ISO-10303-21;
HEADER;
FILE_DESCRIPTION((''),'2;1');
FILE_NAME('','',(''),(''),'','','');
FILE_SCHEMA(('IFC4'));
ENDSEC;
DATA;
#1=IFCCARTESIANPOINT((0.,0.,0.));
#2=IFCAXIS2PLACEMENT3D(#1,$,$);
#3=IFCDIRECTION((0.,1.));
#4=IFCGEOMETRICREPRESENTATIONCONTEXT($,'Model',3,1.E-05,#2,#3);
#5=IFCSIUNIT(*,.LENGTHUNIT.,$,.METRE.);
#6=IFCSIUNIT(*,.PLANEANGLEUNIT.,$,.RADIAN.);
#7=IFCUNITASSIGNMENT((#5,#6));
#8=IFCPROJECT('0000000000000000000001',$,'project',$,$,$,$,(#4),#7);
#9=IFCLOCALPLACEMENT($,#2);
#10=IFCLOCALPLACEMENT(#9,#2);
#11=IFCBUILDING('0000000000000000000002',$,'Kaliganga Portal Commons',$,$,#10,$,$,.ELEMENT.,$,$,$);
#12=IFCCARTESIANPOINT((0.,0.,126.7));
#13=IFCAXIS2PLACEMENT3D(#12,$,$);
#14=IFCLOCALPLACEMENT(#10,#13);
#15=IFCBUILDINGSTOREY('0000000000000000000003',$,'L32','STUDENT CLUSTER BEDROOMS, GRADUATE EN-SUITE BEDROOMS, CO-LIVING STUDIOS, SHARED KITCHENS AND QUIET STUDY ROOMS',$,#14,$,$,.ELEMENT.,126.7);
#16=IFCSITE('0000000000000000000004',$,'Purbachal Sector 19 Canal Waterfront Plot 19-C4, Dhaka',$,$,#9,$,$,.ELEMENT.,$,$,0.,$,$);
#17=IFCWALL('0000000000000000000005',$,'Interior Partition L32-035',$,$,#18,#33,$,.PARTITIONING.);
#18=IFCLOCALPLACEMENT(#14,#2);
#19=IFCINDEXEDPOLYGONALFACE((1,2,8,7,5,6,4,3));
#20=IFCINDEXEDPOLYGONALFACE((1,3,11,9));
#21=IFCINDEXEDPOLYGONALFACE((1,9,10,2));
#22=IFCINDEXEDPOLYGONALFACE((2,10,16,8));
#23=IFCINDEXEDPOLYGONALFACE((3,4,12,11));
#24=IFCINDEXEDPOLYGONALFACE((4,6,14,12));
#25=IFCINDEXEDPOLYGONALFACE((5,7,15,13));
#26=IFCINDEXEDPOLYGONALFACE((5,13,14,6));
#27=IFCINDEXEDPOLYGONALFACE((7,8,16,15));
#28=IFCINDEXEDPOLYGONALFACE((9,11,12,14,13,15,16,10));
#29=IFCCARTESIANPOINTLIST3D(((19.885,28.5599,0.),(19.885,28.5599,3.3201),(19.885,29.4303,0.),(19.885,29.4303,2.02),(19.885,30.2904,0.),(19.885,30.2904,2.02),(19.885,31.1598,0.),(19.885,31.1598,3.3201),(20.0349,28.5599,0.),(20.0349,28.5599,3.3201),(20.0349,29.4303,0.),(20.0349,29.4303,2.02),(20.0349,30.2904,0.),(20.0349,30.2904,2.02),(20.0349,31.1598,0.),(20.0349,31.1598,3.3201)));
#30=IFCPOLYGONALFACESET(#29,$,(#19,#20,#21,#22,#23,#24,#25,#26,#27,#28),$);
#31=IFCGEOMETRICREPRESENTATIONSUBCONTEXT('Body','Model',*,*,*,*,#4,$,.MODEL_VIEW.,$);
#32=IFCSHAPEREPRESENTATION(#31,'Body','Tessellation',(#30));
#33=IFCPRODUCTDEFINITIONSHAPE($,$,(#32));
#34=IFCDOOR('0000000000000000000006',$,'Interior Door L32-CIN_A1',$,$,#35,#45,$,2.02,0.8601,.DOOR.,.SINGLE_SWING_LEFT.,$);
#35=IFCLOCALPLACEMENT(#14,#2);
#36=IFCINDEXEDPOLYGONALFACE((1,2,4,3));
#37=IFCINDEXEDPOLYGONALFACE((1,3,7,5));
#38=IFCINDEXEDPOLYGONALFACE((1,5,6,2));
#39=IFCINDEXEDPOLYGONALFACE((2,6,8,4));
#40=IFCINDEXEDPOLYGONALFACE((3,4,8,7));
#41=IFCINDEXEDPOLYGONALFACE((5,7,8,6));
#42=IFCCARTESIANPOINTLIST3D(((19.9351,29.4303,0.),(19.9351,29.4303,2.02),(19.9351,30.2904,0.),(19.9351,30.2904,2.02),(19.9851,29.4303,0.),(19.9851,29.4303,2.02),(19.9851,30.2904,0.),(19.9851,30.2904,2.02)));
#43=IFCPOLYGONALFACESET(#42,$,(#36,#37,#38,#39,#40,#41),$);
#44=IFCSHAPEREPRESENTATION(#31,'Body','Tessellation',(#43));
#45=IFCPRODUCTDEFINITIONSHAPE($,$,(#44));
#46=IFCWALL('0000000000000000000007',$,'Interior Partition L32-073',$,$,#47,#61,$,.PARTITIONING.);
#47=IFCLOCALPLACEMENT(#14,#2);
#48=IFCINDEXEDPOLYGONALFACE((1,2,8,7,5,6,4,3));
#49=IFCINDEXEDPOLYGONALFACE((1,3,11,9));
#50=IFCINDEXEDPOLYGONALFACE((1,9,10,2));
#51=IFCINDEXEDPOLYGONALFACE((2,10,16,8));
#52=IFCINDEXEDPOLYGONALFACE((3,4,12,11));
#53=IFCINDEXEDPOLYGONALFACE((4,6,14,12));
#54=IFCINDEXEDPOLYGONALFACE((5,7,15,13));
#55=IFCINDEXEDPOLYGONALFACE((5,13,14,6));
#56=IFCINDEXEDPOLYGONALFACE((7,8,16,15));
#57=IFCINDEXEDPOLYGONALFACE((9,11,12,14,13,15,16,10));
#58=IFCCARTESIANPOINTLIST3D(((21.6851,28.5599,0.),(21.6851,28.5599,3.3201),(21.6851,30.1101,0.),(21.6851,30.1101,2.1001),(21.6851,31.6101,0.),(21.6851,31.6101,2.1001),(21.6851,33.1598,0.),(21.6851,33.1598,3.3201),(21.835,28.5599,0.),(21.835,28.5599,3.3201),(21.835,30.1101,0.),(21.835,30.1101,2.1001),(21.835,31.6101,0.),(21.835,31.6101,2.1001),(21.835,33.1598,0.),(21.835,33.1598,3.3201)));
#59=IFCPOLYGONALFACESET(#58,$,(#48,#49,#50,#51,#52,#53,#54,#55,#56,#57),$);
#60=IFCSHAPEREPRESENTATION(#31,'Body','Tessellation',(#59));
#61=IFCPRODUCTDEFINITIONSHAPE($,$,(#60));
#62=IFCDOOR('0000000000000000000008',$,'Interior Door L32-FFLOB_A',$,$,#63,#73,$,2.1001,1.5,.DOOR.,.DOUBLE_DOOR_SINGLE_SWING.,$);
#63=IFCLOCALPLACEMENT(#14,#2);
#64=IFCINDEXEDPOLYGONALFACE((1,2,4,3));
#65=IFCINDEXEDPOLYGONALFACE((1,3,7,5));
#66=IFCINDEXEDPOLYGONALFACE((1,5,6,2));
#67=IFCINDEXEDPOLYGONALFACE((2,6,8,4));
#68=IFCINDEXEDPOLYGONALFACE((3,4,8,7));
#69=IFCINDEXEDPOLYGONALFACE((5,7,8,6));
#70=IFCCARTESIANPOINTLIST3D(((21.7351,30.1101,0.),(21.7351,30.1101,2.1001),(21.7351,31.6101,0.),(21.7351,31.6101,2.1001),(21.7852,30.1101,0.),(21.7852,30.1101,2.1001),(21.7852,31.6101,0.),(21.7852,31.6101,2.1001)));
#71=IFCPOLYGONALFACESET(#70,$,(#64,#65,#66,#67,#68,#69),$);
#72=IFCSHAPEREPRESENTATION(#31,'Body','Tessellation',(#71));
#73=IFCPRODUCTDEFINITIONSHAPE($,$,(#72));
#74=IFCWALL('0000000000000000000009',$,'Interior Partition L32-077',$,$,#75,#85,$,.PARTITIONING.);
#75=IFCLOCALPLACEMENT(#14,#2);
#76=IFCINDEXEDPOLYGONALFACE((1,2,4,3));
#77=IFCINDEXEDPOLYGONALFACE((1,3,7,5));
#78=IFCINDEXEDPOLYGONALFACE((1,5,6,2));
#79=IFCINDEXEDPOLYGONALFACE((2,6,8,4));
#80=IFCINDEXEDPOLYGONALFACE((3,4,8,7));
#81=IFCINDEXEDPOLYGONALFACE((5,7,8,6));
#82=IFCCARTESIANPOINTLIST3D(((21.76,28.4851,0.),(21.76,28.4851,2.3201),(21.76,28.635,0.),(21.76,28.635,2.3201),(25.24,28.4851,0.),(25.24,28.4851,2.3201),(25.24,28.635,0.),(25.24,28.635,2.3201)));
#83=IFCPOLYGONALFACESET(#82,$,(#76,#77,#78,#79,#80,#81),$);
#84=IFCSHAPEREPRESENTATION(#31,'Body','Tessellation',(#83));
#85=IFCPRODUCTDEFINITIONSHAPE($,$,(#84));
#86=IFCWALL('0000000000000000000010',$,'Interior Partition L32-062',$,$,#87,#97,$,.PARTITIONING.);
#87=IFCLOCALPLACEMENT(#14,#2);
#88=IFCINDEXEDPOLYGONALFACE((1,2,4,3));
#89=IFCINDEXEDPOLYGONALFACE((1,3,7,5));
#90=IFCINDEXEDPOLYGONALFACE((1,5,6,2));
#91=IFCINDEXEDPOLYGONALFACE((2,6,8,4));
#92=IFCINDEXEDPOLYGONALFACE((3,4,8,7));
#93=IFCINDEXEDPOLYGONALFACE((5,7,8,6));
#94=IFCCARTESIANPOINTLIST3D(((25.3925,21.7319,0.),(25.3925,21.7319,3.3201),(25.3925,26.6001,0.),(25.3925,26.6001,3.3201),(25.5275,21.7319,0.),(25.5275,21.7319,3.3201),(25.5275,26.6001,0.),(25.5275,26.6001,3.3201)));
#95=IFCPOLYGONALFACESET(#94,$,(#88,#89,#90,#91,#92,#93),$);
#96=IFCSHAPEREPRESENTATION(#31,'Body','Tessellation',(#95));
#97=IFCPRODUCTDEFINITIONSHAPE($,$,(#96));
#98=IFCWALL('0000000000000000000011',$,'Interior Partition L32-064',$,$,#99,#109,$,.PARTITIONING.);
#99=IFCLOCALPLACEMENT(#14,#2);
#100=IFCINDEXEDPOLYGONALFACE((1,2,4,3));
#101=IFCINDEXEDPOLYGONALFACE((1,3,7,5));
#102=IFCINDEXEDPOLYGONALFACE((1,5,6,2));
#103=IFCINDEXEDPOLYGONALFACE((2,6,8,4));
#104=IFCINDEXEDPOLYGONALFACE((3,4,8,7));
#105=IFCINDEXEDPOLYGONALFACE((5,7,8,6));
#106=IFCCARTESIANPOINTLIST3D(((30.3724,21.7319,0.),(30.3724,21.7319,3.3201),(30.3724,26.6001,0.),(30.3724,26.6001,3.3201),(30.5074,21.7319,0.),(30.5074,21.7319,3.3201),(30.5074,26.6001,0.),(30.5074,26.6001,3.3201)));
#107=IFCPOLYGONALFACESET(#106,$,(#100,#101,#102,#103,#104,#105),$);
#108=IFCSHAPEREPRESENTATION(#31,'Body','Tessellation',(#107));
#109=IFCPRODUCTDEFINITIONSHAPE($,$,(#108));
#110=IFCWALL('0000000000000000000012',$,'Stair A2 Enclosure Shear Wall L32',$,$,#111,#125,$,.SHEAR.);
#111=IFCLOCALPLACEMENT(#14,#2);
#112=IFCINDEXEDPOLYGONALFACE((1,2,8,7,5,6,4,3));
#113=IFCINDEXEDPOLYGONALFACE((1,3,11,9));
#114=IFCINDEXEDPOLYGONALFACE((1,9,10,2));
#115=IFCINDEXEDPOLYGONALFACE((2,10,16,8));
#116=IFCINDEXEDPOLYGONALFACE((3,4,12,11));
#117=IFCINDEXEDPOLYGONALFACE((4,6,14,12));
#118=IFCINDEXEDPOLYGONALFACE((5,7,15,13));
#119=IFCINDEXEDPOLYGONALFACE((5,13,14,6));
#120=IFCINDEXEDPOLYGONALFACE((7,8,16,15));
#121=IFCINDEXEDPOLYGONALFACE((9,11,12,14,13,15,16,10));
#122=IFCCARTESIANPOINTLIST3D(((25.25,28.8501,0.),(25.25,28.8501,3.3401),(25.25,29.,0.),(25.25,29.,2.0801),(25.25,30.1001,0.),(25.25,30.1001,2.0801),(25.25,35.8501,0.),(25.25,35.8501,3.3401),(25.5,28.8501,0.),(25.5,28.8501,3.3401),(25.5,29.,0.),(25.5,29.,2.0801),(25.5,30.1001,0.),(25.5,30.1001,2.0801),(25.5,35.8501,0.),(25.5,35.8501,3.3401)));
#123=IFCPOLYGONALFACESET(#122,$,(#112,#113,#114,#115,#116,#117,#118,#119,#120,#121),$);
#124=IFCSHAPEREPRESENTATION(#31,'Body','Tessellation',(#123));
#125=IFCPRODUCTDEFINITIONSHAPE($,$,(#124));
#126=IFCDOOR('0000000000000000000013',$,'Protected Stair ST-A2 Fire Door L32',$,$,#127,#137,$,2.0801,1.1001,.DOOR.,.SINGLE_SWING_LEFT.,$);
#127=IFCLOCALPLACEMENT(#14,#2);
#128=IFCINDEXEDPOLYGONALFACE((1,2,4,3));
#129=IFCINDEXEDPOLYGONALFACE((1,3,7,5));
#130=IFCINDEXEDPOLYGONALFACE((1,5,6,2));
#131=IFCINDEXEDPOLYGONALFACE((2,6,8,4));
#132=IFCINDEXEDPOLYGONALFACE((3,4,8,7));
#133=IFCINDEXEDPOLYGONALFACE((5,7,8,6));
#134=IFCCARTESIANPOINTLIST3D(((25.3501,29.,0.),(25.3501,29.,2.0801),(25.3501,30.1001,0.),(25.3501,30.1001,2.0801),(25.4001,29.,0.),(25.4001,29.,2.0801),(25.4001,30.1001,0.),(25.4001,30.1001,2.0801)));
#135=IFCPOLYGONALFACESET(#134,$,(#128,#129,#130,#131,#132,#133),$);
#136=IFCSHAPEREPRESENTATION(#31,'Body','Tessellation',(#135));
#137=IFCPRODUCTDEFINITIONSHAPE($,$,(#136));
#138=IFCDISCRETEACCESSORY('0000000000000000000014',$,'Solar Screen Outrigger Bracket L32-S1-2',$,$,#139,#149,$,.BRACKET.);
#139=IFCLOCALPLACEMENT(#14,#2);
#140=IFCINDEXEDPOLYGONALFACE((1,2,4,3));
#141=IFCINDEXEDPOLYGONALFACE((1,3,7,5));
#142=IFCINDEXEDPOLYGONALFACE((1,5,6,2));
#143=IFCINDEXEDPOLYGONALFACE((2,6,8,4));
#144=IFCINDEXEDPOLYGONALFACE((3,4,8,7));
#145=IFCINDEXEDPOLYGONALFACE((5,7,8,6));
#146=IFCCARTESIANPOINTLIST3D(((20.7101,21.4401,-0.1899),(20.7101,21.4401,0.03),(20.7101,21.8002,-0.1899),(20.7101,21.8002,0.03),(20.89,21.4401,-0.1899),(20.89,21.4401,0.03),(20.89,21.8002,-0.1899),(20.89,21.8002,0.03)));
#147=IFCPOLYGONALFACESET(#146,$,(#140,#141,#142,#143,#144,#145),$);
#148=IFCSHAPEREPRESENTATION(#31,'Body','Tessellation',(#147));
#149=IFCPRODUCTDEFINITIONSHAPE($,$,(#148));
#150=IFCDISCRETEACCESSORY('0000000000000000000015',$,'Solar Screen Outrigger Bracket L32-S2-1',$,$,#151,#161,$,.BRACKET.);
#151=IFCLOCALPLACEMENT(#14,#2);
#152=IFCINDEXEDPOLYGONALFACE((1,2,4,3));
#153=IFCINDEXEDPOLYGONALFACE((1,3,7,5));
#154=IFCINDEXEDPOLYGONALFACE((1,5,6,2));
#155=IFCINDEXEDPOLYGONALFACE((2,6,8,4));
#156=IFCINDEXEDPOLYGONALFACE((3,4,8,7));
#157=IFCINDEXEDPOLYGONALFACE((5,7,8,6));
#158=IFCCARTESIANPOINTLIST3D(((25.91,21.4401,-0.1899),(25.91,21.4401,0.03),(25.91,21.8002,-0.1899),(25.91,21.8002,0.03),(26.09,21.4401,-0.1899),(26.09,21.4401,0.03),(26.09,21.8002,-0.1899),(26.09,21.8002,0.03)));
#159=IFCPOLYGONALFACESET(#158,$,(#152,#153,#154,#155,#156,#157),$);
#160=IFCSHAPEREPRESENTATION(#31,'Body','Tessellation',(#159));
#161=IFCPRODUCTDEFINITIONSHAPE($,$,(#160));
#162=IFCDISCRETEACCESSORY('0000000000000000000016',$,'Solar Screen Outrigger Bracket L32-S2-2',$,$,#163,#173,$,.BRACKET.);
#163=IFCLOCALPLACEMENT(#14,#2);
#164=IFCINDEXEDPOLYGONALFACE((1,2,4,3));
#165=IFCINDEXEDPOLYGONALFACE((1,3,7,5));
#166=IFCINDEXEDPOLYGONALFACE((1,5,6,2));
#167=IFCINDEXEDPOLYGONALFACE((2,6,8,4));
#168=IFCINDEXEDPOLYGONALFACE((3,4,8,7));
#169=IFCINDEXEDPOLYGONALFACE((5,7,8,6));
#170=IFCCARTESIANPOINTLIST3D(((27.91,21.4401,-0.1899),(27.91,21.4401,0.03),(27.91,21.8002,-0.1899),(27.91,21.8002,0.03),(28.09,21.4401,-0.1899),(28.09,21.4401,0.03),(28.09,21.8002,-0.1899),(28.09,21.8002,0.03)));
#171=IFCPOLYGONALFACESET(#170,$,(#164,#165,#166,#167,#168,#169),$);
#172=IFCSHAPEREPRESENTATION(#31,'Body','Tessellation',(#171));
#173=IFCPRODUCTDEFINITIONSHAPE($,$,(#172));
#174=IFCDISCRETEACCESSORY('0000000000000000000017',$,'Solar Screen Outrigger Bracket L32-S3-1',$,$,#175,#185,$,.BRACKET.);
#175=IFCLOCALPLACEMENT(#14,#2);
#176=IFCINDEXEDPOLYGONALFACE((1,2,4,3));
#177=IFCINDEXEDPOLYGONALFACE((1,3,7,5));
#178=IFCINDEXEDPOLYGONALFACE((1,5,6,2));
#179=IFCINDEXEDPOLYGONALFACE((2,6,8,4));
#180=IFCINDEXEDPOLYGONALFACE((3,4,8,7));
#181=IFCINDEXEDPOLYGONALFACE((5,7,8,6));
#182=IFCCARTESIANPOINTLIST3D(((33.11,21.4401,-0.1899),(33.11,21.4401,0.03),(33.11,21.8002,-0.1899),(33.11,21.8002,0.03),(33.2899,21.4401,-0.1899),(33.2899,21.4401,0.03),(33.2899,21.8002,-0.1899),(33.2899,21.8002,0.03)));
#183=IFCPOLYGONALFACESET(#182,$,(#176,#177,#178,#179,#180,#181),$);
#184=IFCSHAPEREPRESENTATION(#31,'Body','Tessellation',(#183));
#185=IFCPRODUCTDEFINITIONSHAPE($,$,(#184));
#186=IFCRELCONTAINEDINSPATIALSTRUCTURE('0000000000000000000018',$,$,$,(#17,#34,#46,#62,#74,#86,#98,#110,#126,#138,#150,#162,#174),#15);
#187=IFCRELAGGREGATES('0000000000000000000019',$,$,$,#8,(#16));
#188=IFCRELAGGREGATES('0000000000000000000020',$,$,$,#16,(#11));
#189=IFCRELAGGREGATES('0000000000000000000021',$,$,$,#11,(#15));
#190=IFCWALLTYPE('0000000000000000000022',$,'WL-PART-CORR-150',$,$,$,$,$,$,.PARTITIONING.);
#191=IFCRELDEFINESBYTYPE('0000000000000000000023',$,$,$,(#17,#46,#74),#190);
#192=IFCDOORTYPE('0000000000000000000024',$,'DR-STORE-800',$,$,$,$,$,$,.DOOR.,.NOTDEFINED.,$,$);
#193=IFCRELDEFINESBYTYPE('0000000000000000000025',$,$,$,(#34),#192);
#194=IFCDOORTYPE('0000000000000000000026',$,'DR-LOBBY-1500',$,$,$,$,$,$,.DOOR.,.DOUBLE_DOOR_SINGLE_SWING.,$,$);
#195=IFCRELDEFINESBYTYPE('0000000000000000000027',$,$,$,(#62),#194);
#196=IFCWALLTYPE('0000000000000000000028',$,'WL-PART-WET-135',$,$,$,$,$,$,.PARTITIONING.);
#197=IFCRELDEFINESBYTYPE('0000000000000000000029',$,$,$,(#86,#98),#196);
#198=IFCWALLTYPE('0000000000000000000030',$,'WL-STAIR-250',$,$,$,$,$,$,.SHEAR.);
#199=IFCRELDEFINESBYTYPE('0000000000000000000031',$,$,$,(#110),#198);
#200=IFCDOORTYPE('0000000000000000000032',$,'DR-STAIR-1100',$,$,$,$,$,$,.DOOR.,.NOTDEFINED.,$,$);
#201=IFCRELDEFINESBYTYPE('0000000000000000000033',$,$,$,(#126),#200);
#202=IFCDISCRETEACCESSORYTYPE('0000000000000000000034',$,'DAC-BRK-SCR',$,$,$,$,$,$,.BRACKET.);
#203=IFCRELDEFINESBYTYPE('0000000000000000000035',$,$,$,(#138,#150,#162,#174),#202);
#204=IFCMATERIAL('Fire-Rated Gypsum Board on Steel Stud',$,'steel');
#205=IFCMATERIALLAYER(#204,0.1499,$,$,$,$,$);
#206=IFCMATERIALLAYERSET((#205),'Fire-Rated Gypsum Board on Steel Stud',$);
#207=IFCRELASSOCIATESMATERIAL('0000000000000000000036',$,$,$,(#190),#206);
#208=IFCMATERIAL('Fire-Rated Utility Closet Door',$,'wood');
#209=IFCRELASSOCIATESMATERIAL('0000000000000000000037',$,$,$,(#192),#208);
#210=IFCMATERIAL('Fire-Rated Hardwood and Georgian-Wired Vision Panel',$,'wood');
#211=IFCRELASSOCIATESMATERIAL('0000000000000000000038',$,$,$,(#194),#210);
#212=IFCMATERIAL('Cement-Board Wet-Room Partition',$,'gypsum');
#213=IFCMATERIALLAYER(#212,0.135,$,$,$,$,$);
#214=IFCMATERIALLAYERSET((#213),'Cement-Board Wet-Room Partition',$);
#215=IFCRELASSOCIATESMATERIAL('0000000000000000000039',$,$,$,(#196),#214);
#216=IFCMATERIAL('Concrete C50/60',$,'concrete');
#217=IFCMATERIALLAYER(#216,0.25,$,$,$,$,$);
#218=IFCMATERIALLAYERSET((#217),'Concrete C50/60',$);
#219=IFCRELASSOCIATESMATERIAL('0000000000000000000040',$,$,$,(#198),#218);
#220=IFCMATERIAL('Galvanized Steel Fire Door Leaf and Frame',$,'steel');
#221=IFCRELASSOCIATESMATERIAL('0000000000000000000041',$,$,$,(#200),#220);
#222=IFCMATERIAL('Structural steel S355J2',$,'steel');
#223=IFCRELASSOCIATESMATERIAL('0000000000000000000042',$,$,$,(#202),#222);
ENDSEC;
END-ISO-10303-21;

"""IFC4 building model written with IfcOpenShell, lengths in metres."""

from ifc_helpers import new_model, si_unit, direction, frame, frame_2d, origin, origin_2d, place, context, subcontext, project, spatial, rectangle, extrude, source, transform, mapped, material, layer, layer_set, type_object, element, fill, save


model = new_model("IFC4")

# Units and contexts
model_context = context("Model", 3, precision=1e-05, world=origin(), true_north=direction((0.0, 1.0)))
body_context = subcontext(model_context, "Body", "Model", "MODEL_VIEW")
ifc_project = project(units=[si_unit("LENGTHUNIT", "METRE"), si_unit("PLANEANGLEUNIT", "RADIAN")], contexts=[model_context])

# Site, building, storey
site_placement = place(None, origin())
site = spatial("IfcSite", under=ifc_project, at=site_placement, Name="Purbachal Sector 19 Canal Waterfront Plot 19-C4, Dhaka", CompositionType="ELEMENT", RefElevation=0.0)
building_placement = place(site_placement, origin())
building = spatial("IfcBuilding", under=site, at=building_placement, Name="Kaliganga Portal Commons", CompositionType="ELEMENT")
storey_placement = place(building_placement, frame((0.0, 0.0, 126.7)))
storey = spatial("IfcBuildingStorey", under=building, at=storey_placement, Name="L32", Description="STUDENT CLUSTER BEDROOMS, GRADUATE EN-SUITE BEDROOMS, CO-LIVING STUDIOS, SHARED KITCHENS AND QUIET STUDY ROOMS", CompositionType="ELEMENT", Elevation=126.7)

# Shared definitions
ifc_material_1 = material(Name="Structural steel S355J2", Category="steel")

# Shared definitions
ifc_material_2 = material(Name="Fire-Rated Gypsum Board on Steel Stud", Category="steel")
ifc_layer_1 = layer(ifc_material_2, 0.1499)
ifc_layer_set_1 = layer_set([ifc_layer_1], Name="Fire-Rated Gypsum Board on Steel Stud")
wall_type_1 = type_object("IfcWallType", Name="WL-PART-CORR-150", PredefinedType="PARTITIONING", material=ifc_layer_set_1)
ifc_material_3 = material(Name="Fire-Rated Utility Closet Door", Category="wood")
door_type_1 = type_object("IfcDoorType", Name="DR-STORE-800", OperationType="NOTDEFINED", PredefinedType="DOOR", material=ifc_material_3)

# Walls, openings, doors
wall_1_placement = place(storey_placement, frame((19.96, 28.5601, 0.0), z_axis=(0.0, 0.0, 1.0), x_axis=(0.0, 1.0, 0.0)))
wall_1 = element("IfcWall", 1, at=wall_1_placement, inside=storey, type_object=wall_type_1, Name="Interior Partition L32-035", PredefinedType="PARTITIONING", context=body_context, shape_type="SweptSolid", body=[
    extrude(rectangle(XDim=2.5999, YDim=0.1499, at=frame_2d((1.2998, 0.0))), origin(), (0.0, 0.0, 1.0), 3.3201),
])
opening_1_placement = place(wall_1_placement, frame((0.8701, 0.0, 0.0)))
opening_1 = element("IfcOpeningElement", 2, at=opening_1_placement, cuts=wall_1, PredefinedType="OPENING", context=body_context, shape_type="SweptSolid", body=[
    extrude(rectangle(XDim=0.8601, YDim=2.02, at=frame_2d((0.4302, 1.01))), frame((0.0, 0.085, 0.0), z_axis=(0.0, -1.0, 0.0), x_axis=(1.0, 0.0, 0.0)), (0.0, 0.0, 1.0), 0.1699),
])
door_1_placement = place(opening_1_placement, origin())
door_1 = element("IfcDoor", 3, at=door_1_placement, inside=storey, type_object=door_type_1, Name="Interior Door L32-CIN_A1", OperationType="SINGLE_SWING_LEFT", OverallHeight=2.02, OverallWidth=0.8601, PredefinedType="DOOR", context=body_context, shape_type="SweptSolid", body=[
    extrude(rectangle(XDim=0.8601, YDim=2.02, at=frame_2d((0.4302, 1.01))), frame((0.0, 0.0249, 0.0), z_axis=(0.0, -1.0, 0.0), x_axis=(1.0, 0.0, 0.0)), (0.0, 0.0, 1.0), 0.05),
])
fill(opening_1, door_1)
wall_2_placement = place(storey_placement, frame((21.76, 28.5601, 0.0), z_axis=(0.0, 0.0, 1.0), x_axis=(0.0, 1.0, 0.0)))
wall_2 = element("IfcWall", 4, at=wall_2_placement, inside=storey, type_object=wall_type_1, Name="Interior Partition L32-073", PredefinedType="PARTITIONING", context=body_context, shape_type="SweptSolid", body=[
    extrude(rectangle(XDim=4.5999, YDim=0.1499, at=frame_2d((2.2998, 0.0))), origin(), (0.0, 0.0, 1.0), 3.3201),
])
opening_2_placement = place(wall_2_placement, frame((1.55, 0.0, 0.0)))
opening_2 = element("IfcOpeningElement", 5, at=opening_2_placement, cuts=wall_2, PredefinedType="OPENING", context=body_context, shape_type="SweptSolid", body=[
    extrude(rectangle(XDim=1.5, YDim=2.1001, at=frame_2d((0.75, 1.05))), frame((0.0, 0.085, 0.0), z_axis=(0.0, -1.0, 0.0), x_axis=(1.0, 0.0, 0.0)), (0.0, 0.0, 1.0), 0.1699),
])
ifc_material_4 = material(Name="Fire-Rated Hardwood and Georgian-Wired Vision Panel", Category="wood")
door_type_2 = type_object("IfcDoorType", Name="DR-LOBBY-1500", OperationType="DOUBLE_DOOR_SINGLE_SWING", PredefinedType="DOOR", material=ifc_material_4)
door_2_placement = place(opening_2_placement, origin())
door_2 = element("IfcDoor", 6, at=door_2_placement, inside=storey, type_object=door_type_2, Name="Interior Door L32-FFLOB_A", OperationType="DOUBLE_DOOR_SINGLE_SWING", OverallHeight=2.1001, OverallWidth=1.5, PredefinedType="DOOR", context=body_context, shape_type="SweptSolid", body=[
    extrude(rectangle(XDim=1.5, YDim=2.1001, at=frame_2d((0.75, 1.05))), frame((0.0, 0.0249, 0.0), z_axis=(0.0, -1.0, 0.0), x_axis=(1.0, 0.0, 0.0)), (0.0, 0.0, 1.0), 0.05),
])
fill(opening_2, door_2)

# Walls
wall_3_placement = place(storey_placement, frame((21.76, 28.5601, 0.0), z_axis=(0.0, 0.0, 1.0), x_axis=(1.0, 0.0, 0.0)))
element("IfcWall", 7, at=wall_3_placement, inside=storey, type_object=wall_type_1, Name="Interior Partition L32-077", PredefinedType="PARTITIONING", context=body_context, shape_type="SweptSolid", body=[
    extrude(rectangle(XDim=3.48, YDim=0.1499, at=frame_2d((1.74, 0.0))), origin(), (0.0, 0.0, 1.0), 2.3201),
])
ifc_material_5 = material(Name="Cement-Board Wet-Room Partition", Category="gypsum")
ifc_layer_2 = layer(ifc_material_5, 0.135)
ifc_layer_set_2 = layer_set([ifc_layer_2], Name="Cement-Board Wet-Room Partition")
wall_type_2 = type_object("IfcWallType", Name="WL-PART-WET-135", PredefinedType="PARTITIONING", material=ifc_layer_set_2)
for number, where, z_axis, x_axis, name in (
    (8, (25.46, 21.7319, 0.0), (0.0, 0.0, 1.0), (0.0, 1.0, 0.0), "Interior Partition L32-062"),
    (9, (30.4399, 21.7319, 0.0), (0.0, 0.0, 1.0), (0.0, 1.0, 0.0), "Interior Partition L32-064"),
):
    element("IfcWall", number, at=place(storey_placement, frame(where, z_axis=z_axis, x_axis=x_axis)), inside=storey, type_object=wall_type_2, Name=name, PredefinedType="PARTITIONING", context=body_context, shape_type="SweptSolid", body=[
        extrude(rectangle(XDim=4.8682, YDim=0.135, at=frame_2d((2.4341, 0.0))), origin(), (0.0, 0.0, 1.0), 3.3201),
    ])

# Wall, opening, door
ifc_material_6 = material(Name="Concrete C50/60", Category="concrete")
ifc_layer_3 = layer(ifc_material_6, 0.25)
ifc_layer_set_3 = layer_set([ifc_layer_3], Name="Concrete C50/60")
wall_type_3 = type_object("IfcWallType", Name="WL-STAIR-250", PredefinedType="SHEAR", material=ifc_layer_set_3)
wall_4_placement = place(storey_placement, frame((25.375, 28.8501, 0.0), z_axis=(0.0, 0.0, 1.0), x_axis=(0.0, 1.0, 0.0)))
wall_4 = element("IfcWall", 10, at=wall_4_placement, inside=storey, type_object=wall_type_3, Name="Stair A2 Enclosure Shear Wall L32", PredefinedType="SHEAR", context=body_context, shape_type="SweptSolid", body=[
    extrude(rectangle(XDim=7.0, YDim=0.25, at=frame_2d((3.5, 0.0))), origin(), (0.0, 0.0, 1.0), 3.3401),
])
opening_3_placement = place(wall_4_placement, frame((0.1499, 0.0, 0.0)))
opening_3 = element("IfcOpeningElement", 11, at=opening_3_placement, cuts=wall_4, PredefinedType="OPENING", context=body_context, shape_type="SweptSolid", body=[
    extrude(rectangle(XDim=1.1001, YDim=2.0801, at=frame_2d((0.55, 1.04))), frame((0.0, 0.135, 0.0), z_axis=(0.0, -1.0, 0.0), x_axis=(1.0, 0.0, 0.0)), (0.0, 0.0, 1.0), 0.27),
])
ifc_material_7 = material(Name="Galvanized Steel Fire Door Leaf and Frame", Category="steel")
door_type_3 = type_object("IfcDoorType", Name="DR-STAIR-1100", OperationType="NOTDEFINED", PredefinedType="DOOR", material=ifc_material_7)
door_3_placement = place(opening_3_placement, origin())
door_3 = element("IfcDoor", 12, at=door_3_placement, inside=storey, type_object=door_type_3, Name="Protected Stair ST-A2 Fire Door L32", OperationType="SINGLE_SWING_LEFT", OverallHeight=2.0801, OverallWidth=1.1001, PredefinedType="DOOR", context=body_context, shape_type="SweptSolid", body=[
    extrude(rectangle(XDim=1.1001, YDim=2.0801, at=frame_2d((0.55, 1.04))), frame((0.0, 0.0249, 0.0), z_axis=(0.0, -1.0, 0.0), x_axis=(1.0, 0.0, 0.0)), (0.0, 0.0, 1.0), 0.05),
])
fill(opening_3, door_3)

# Discrete accessories
discrete_accessory_type = type_object("IfcDiscreteAccessoryType", Name="DAC-BRK-SCR", PredefinedType="BRACKET", material=ifc_material_1)
shared_shape_1 = source(origin(), body_context, "Body", "SweptSolid", [
    extrude(rectangle(XDim=0.1799, YDim=0.3601, at=origin_2d()), origin(), (0.0, 0.0, 1.0), 0.22),
])
for number, where, z_axis, x_axis, name in (
    (13, (20.8, 21.6201, -0.1899), (0.0, 0.0, 1.0), (1.0, 0.0, 0.0), "Solar Screen Outrigger Bracket L32-S1-2"),
    (14, (26.0, 21.6201, -0.1899), (0.0, 0.0, 1.0), (1.0, 0.0, 0.0), "Solar Screen Outrigger Bracket L32-S2-1"),
    (15, (28.0, 21.6201, -0.1899), (0.0, 0.0, 1.0), (1.0, 0.0, 0.0), "Solar Screen Outrigger Bracket L32-S2-2"),
    (16, (33.2, 21.6201, -0.1899), (0.0, 0.0, 1.0), (1.0, 0.0, 0.0), "Solar Screen Outrigger Bracket L32-S3-1"),
):
    element("IfcDiscreteAccessory", number, at=place(storey_placement, frame(where, z_axis=z_axis, x_axis=x_axis)), inside=storey, type_object=discrete_accessory_type, Name=name, PredefinedType="BRACKET", context=body_context, shape_type="MappedRepresentation", body=[
        mapped(shared_shape_1, transform((0.0, 0.0, 0.0), x_axis=(1.0, 0.0, 0.0), y_axis=(0.0, 1.0, 0.0), z_axis=(0.0, 0.0, 1.0), scale=1.0)),
    ])

save(model, "model.ifc")
